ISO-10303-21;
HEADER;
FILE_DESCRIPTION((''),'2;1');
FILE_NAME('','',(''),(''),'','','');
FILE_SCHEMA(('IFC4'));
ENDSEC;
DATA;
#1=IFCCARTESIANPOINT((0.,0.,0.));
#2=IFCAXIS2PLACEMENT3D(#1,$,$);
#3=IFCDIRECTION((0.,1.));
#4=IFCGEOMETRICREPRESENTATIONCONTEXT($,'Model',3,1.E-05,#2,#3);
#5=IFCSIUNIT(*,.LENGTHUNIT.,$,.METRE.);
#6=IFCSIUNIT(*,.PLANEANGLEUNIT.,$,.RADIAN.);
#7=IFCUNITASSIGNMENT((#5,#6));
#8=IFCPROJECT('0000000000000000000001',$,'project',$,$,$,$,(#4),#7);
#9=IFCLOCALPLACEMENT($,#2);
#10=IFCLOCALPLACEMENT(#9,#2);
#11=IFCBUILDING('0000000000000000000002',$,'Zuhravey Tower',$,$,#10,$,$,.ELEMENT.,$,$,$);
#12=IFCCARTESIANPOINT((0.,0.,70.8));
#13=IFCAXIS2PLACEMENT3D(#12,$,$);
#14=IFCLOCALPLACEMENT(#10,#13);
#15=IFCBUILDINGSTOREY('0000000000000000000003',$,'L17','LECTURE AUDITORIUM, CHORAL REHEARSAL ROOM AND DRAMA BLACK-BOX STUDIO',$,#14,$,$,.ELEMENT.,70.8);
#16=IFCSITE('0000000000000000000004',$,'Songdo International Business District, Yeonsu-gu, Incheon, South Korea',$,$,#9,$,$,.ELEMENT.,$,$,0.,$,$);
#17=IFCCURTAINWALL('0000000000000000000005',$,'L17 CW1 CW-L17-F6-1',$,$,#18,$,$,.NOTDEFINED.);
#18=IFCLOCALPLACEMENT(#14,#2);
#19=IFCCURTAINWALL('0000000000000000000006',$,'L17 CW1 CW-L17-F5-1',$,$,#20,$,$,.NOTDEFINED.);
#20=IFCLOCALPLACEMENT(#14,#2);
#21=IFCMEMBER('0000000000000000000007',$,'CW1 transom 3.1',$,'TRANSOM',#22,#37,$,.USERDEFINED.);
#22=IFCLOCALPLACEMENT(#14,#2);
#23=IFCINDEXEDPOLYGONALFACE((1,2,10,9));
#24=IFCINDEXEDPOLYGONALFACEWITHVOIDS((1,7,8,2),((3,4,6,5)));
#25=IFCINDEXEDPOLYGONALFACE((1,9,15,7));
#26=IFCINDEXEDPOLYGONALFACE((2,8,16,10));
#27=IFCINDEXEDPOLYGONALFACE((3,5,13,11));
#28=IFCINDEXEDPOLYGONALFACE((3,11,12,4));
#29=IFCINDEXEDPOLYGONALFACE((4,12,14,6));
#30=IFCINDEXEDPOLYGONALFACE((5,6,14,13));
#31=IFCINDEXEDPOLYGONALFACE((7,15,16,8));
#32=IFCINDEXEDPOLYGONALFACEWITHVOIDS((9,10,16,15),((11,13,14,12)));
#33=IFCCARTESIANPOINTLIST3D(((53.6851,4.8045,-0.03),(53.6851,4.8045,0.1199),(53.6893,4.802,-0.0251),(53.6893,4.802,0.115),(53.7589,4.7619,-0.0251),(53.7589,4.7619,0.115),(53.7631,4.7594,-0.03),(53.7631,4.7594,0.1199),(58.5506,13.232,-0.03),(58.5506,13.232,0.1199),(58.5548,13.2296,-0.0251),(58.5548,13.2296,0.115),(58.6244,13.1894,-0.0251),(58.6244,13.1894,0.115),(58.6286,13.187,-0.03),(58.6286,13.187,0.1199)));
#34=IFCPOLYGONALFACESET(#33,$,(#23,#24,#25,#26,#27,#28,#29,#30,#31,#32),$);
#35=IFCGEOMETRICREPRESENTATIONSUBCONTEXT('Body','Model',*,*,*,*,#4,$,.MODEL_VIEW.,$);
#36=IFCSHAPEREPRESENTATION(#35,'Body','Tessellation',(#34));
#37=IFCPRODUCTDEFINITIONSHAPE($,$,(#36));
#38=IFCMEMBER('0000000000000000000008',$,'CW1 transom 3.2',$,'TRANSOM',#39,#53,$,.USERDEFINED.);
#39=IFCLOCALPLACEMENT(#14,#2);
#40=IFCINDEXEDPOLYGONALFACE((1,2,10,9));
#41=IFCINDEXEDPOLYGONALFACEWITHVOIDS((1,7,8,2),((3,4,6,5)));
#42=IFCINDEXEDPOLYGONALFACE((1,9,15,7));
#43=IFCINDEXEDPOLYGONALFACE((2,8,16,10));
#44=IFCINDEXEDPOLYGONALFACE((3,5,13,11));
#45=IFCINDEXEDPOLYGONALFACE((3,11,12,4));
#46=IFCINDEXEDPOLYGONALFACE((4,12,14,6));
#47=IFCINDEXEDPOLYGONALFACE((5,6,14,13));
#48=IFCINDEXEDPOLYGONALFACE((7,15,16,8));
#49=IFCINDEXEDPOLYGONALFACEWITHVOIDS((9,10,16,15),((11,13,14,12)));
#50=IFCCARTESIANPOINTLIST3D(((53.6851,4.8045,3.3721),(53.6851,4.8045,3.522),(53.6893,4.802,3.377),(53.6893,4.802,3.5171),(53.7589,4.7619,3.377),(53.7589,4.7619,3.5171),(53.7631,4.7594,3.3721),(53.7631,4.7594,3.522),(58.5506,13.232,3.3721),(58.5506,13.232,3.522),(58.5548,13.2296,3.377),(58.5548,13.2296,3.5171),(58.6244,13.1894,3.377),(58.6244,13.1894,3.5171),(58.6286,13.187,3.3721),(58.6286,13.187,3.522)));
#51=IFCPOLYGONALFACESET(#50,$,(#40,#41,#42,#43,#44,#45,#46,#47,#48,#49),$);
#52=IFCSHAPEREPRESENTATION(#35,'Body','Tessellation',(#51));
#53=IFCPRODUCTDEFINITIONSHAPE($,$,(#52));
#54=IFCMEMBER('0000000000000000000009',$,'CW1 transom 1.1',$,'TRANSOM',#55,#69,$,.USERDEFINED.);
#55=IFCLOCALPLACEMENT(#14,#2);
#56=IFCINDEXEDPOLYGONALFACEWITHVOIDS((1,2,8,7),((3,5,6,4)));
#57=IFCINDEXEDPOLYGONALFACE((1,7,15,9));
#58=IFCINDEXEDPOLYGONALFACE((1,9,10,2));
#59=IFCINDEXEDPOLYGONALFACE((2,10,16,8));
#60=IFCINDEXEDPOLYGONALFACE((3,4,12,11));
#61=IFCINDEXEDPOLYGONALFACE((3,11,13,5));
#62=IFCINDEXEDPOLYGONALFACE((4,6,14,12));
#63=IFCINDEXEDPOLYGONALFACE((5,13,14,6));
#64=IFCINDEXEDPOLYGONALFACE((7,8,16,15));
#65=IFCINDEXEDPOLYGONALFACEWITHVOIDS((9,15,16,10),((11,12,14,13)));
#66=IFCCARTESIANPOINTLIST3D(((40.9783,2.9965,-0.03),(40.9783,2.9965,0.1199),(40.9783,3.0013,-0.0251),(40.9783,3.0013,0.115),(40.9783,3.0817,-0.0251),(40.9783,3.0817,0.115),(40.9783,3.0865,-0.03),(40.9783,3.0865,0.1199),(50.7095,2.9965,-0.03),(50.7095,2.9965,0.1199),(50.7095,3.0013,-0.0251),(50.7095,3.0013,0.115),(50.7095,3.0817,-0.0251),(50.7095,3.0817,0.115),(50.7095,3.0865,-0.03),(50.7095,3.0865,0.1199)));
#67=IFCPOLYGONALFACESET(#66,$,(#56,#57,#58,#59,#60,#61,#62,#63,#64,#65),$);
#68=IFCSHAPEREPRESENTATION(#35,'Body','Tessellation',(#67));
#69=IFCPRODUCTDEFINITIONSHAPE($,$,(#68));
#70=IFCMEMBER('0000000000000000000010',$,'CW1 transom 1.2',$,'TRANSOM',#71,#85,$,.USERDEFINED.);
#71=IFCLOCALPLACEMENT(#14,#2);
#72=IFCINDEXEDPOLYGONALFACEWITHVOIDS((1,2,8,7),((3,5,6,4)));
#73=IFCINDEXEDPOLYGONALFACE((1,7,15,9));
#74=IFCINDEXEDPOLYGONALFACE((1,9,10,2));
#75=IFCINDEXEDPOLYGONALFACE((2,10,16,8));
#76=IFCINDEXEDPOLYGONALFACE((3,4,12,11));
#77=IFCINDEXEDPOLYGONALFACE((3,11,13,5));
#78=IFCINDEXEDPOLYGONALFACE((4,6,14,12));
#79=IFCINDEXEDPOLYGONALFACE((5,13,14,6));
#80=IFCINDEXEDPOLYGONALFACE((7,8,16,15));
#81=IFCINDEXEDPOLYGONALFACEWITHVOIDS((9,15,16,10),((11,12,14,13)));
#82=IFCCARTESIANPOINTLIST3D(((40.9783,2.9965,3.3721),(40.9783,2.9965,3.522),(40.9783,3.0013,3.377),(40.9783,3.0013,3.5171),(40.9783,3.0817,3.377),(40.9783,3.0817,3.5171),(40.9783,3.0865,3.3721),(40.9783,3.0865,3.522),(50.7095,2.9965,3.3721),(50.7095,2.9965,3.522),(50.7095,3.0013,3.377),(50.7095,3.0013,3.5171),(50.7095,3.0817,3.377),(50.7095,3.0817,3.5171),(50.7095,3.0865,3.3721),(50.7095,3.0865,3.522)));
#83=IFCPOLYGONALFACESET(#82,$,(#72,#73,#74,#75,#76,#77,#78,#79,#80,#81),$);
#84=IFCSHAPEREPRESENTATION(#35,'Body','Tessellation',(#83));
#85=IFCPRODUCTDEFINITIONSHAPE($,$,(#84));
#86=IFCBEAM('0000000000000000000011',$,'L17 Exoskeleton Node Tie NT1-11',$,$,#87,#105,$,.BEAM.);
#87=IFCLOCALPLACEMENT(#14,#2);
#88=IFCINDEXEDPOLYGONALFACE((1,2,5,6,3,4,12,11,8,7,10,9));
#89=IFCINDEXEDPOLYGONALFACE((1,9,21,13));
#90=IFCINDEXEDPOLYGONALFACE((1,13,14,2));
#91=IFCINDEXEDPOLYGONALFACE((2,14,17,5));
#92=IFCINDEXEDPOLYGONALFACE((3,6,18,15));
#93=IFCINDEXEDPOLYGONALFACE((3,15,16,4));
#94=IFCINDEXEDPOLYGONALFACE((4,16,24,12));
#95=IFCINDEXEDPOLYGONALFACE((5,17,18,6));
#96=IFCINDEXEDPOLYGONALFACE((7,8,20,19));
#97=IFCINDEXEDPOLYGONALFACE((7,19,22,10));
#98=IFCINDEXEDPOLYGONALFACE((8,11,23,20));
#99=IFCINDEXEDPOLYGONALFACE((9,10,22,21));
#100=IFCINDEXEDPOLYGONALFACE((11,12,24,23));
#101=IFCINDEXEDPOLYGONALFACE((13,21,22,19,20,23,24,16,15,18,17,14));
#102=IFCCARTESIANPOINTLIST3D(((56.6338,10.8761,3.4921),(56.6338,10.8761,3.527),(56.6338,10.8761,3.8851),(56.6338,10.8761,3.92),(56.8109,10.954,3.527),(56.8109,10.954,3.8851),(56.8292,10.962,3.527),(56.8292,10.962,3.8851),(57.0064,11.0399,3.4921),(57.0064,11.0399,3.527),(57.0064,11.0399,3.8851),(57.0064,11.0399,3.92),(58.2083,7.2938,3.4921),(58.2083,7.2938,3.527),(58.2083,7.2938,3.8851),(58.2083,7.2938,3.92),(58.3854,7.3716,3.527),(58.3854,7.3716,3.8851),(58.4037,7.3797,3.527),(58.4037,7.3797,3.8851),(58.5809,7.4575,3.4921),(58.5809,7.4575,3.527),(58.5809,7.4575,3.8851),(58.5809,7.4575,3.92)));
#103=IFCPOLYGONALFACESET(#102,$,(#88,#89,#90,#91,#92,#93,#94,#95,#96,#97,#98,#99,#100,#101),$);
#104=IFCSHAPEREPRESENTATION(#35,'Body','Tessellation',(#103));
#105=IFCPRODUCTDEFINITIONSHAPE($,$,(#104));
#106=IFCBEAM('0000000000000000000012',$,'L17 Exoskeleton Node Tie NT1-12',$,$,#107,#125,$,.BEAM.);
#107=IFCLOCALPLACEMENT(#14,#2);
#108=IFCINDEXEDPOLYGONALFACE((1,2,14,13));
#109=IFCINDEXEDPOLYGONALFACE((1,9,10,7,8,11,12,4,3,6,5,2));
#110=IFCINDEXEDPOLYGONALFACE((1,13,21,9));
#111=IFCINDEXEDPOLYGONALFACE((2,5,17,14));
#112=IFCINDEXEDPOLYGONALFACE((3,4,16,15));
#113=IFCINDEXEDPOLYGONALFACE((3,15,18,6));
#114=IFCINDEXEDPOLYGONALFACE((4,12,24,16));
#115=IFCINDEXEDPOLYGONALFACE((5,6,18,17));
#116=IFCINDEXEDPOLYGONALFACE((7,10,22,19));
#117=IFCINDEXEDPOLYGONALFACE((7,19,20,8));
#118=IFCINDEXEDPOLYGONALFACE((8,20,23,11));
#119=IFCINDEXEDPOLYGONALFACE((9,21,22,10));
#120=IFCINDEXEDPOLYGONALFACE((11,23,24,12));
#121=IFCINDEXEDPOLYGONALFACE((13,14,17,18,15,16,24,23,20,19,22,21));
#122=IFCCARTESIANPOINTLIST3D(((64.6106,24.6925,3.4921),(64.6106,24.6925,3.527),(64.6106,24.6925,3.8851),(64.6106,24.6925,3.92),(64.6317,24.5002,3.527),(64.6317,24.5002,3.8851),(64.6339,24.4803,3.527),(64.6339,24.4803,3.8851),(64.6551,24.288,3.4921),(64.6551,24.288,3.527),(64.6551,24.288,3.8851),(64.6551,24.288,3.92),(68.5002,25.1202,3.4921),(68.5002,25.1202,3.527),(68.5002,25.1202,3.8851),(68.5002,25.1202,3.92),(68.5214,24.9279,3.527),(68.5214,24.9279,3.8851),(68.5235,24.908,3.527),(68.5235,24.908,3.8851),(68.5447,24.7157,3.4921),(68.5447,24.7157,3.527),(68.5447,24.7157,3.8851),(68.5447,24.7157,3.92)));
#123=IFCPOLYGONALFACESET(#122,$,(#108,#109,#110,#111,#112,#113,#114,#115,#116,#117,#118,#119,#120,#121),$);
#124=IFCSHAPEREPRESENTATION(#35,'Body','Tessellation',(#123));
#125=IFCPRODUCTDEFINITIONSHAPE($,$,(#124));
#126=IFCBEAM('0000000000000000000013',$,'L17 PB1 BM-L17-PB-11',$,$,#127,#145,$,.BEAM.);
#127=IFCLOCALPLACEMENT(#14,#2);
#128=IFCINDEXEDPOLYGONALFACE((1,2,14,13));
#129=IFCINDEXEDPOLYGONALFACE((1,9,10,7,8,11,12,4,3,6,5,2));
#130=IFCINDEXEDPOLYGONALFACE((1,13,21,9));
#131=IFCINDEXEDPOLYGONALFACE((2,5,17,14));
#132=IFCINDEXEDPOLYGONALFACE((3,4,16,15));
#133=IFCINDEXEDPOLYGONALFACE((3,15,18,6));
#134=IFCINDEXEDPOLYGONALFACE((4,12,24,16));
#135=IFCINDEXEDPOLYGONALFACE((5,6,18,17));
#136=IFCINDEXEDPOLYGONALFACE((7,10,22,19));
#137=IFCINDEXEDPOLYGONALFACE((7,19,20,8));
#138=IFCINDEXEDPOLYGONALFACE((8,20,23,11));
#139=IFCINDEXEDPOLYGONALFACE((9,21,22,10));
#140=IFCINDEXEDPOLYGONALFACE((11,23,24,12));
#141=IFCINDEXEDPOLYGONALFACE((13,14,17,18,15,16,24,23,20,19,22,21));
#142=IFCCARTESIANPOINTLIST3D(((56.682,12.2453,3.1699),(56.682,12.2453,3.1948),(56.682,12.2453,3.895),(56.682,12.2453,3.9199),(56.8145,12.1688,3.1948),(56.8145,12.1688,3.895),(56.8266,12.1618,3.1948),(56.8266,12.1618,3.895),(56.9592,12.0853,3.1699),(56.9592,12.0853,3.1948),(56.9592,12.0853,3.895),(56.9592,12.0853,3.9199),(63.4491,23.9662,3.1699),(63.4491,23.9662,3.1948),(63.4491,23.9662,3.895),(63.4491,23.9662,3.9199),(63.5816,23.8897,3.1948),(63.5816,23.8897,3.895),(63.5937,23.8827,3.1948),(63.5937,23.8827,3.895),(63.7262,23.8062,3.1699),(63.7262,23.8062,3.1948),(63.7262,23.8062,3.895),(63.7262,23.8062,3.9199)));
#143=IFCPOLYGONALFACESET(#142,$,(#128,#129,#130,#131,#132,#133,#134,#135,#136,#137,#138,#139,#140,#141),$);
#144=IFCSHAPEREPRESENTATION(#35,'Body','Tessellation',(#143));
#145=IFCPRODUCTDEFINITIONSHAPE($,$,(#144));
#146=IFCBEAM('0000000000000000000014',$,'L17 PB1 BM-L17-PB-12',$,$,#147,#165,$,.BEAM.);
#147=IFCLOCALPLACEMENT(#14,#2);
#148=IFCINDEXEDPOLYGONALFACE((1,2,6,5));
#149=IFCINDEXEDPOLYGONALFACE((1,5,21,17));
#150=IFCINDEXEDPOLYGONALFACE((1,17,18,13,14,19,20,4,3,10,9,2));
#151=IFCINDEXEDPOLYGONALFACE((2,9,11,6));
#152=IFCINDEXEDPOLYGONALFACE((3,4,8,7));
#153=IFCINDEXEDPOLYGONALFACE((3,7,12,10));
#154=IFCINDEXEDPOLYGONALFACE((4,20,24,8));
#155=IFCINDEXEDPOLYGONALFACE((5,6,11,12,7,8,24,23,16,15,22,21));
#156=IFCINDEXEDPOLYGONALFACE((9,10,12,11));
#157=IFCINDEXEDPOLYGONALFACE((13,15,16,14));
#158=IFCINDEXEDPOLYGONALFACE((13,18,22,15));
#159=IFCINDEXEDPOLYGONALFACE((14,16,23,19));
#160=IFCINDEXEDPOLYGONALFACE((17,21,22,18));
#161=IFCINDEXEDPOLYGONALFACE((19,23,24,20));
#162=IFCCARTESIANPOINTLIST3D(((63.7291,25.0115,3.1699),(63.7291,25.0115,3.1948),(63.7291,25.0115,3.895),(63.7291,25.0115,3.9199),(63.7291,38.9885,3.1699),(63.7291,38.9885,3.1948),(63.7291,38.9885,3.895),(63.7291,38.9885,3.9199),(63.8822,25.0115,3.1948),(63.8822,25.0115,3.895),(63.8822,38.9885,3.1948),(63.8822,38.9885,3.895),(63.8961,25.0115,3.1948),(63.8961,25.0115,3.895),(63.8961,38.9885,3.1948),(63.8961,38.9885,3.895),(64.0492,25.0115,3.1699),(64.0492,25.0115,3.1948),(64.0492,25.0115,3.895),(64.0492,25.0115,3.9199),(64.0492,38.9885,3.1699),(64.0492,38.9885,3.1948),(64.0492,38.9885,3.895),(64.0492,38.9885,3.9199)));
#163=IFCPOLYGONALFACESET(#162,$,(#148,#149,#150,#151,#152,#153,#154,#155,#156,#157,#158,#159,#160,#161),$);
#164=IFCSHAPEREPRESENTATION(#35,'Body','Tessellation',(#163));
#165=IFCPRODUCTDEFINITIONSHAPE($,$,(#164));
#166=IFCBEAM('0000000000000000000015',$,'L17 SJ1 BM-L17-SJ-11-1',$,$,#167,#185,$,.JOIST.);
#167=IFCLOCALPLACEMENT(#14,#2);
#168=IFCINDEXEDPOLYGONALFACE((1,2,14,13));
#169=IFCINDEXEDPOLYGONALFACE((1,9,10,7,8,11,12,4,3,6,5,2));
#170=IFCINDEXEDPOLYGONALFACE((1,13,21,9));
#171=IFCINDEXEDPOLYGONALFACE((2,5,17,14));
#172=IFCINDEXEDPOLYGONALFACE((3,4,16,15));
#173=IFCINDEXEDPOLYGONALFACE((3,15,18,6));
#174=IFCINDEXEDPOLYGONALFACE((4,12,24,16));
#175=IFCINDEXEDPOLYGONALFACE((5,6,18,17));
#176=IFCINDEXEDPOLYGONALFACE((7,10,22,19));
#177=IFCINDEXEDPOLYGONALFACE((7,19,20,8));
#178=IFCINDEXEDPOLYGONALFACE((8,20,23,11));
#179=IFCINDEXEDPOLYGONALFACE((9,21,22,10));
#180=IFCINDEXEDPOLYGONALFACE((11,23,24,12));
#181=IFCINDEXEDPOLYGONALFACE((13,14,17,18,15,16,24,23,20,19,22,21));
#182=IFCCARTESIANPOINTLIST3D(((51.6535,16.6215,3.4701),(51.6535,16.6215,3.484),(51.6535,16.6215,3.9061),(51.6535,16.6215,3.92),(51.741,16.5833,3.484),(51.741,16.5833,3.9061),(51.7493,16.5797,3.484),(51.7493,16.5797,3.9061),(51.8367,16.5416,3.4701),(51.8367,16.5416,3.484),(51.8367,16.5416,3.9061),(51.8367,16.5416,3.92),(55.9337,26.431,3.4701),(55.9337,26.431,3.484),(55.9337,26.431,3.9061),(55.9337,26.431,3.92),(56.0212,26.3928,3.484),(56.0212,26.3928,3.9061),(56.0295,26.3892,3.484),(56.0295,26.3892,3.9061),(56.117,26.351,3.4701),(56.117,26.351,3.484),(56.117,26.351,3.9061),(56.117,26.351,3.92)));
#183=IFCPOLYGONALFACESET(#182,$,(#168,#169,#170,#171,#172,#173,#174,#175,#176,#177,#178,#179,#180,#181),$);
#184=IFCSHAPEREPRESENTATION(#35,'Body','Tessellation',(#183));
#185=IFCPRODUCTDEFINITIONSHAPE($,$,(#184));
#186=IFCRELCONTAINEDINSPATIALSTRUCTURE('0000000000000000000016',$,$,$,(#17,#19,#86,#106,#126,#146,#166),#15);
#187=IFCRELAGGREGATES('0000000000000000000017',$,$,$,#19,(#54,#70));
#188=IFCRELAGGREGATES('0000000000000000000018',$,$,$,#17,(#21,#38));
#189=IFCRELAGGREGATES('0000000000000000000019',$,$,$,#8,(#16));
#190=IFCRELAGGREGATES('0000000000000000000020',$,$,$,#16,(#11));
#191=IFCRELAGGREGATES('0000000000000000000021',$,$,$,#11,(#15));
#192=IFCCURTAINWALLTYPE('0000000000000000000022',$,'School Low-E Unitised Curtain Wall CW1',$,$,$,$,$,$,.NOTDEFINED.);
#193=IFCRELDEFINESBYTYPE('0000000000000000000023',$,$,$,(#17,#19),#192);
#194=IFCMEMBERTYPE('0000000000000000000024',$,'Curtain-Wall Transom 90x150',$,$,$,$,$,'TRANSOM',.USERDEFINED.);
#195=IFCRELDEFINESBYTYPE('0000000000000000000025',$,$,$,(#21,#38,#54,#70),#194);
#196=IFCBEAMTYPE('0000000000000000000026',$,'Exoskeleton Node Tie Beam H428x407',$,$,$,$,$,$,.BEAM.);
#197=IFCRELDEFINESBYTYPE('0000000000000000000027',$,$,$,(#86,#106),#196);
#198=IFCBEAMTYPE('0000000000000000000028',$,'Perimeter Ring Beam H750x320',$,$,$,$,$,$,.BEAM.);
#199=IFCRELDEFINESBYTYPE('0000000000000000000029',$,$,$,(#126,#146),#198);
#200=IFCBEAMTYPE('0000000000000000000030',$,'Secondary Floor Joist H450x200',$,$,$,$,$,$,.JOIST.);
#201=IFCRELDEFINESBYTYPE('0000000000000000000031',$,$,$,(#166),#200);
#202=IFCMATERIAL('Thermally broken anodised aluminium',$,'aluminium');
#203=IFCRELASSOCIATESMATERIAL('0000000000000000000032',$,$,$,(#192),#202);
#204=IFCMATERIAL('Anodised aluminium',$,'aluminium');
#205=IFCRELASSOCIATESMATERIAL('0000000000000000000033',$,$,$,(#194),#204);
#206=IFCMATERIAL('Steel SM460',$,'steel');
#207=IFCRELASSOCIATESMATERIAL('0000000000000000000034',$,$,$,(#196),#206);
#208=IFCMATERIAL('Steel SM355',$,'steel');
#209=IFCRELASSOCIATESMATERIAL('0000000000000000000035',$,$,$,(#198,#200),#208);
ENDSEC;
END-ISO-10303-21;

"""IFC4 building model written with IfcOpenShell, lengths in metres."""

from ifc_helpers import new_model, si_unit, direction, frame, origin, origin_2d, place, context, subcontext, project, spatial, hollow_rectangle, i_section, extrude, material, material_profile, profile_set, type_object, element, aggregate, save


model = new_model("IFC4")

# Units and contexts
model_context = context("Model", 3, precision=1e-05, world=origin(), true_north=direction((0.0, 1.0)))
body_context = subcontext(model_context, "Body", "Model", "MODEL_VIEW")
ifc_project = project(units=[si_unit("LENGTHUNIT", "METRE"), si_unit("PLANEANGLEUNIT", "RADIAN")], contexts=[model_context])

# Site, building, storey
site_placement = place(None, origin())
site = spatial("IfcSite", under=ifc_project, at=site_placement, Name="Songdo International Business District, Yeonsu-gu, Incheon, South Korea", CompositionType="ELEMENT", RefElevation=0.0)
building_placement = place(site_placement, origin())
building = spatial("IfcBuilding", under=site, at=building_placement, Name="Zuhravey Tower", CompositionType="ELEMENT")
storey_placement = place(building_placement, frame((0.0, 0.0, 70.8)))
storey = spatial("IfcBuildingStorey", under=building, at=storey_placement, Name="L17", Description="LECTURE AUDITORIUM, CHORAL REHEARSAL ROOM AND DRAMA BLACK-BOX STUDIO", CompositionType="ELEMENT", Elevation=70.8)

# Curtain wall
ifc_material_1 = material(Name="Thermally broken anodised aluminium", Category="aluminium")
curtain_wall_type = type_object("IfcCurtainWallType", Name="School Low-E Unitised Curtain Wall CW1", PredefinedType="NOTDEFINED", material=ifc_material_1)
curtain_wall_1_placement = place(storey_placement, origin())
curtain_wall_1 = element("IfcCurtainWall", 1, at=curtain_wall_1_placement, inside=storey, type_object=curtain_wall_type, Name="L17 CW1 CW-L17-F6-1", PredefinedType="NOTDEFINED")
ifc_material_2 = material(Name="Anodised aluminium", Category="aluminium")

# Curtain wall
curtain_wall_2_placement = place(storey_placement, origin())
curtain_wall_2 = element("IfcCurtainWall", 2, at=curtain_wall_2_placement, inside=storey, type_object=curtain_wall_type, Name="L17 CW1 CW-L17-F5-1", PredefinedType="NOTDEFINED")

# Members
ifc_material_profile_1 = material_profile(ifc_material_2, hollow_rectangle(XDim=0.0901, YDim=0.1499, WallThickness=0.0049, at=origin_2d()), Name="ALU-RHS-90x150x5")
ifc_profile_set_1 = profile_set([ifc_material_profile_1], Name="Anodised aluminium")
member_type_1 = type_object("IfcMemberType", Name="Curtain-Wall Transom 90x150", ElementType="TRANSOM", PredefinedType="USERDEFINED", material=ifc_profile_set_1)
member_1_placement = place(storey_placement, frame((58.5896, 13.2095, 0.0449), z_axis=(-0.49999, -0.866031, 0.0), x_axis=(0.866031, -0.49999, 0.0)))
member_1 = element("IfcMember", 3, at=member_1_placement, type_object=member_type_1, Name="CW1 transom 3.1", ObjectType="TRANSOM", PredefinedType="USERDEFINED", context=body_context, shape_type="SweptSolid", body=[
    extrude(hollow_rectangle(XDim=0.0901, YDim=0.1499, WallThickness=0.0049, at=origin_2d()), origin(), (0.0, 0.0, 1.0), 9.7312),
])
member_2_placement = place(storey_placement, frame((58.5896, 13.2095, 3.447), z_axis=(-0.49999, -0.866031, 0.0), x_axis=(0.866031, -0.49999, 0.0)))
member_2 = element("IfcMember", 4, at=member_2_placement, type_object=member_type_1, Name="CW1 transom 3.2", ObjectType="TRANSOM", PredefinedType="USERDEFINED", context=body_context, shape_type="SweptSolid", body=[
    extrude(hollow_rectangle(XDim=0.0901, YDim=0.1499, WallThickness=0.0049, at=origin_2d()), origin(), (0.0, 0.0, 1.0), 9.7312),
])
member_3_placement = place(storey_placement, frame((50.7095, 3.0415, 0.0449), z_axis=(-1.0, 0.0, 0.0), x_axis=(0.0, -1.0, 0.0)))
member_3 = element("IfcMember", 5, at=member_3_placement, type_object=member_type_1, Name="CW1 transom 1.1", ObjectType="TRANSOM", PredefinedType="USERDEFINED", context=body_context, shape_type="SweptSolid", body=[
    extrude(hollow_rectangle(XDim=0.0901, YDim=0.1499, WallThickness=0.0049, at=origin_2d()), origin(), (0.0, 0.0, 1.0), 9.7312),
])
member_4_placement = place(storey_placement, frame((50.7095, 3.0415, 3.447), z_axis=(-1.0, 0.0, 0.0), x_axis=(0.0, -1.0, 0.0)))
member_4 = element("IfcMember", 6, at=member_4_placement, type_object=member_type_1, Name="CW1 transom 1.2", ObjectType="TRANSOM", PredefinedType="USERDEFINED", context=body_context, shape_type="SweptSolid", body=[
    extrude(hollow_rectangle(XDim=0.0901, YDim=0.1499, WallThickness=0.0049, at=origin_2d()), origin(), (0.0, 0.0, 1.0), 9.7312),
])
aggregate(curtain_wall_2, [member_3, member_4])

# Beams
ifc_material_3 = material(Name="Steel SM460", Category="steel")
ifc_material_profile_2 = material_profile(ifc_material_3, i_section(OverallWidth=0.407, OverallDepth=0.428, WebThickness=0.02, FlangeThickness=0.0349, at=origin_2d()), Name="H-428x407x20x35")
ifc_profile_set_2 = profile_set([ifc_material_profile_2], Name="Steel SM460")
beam_type_1 = type_object("IfcBeamType", Name="Exoskeleton Node Tie Beam H428x407", PredefinedType="BEAM", material=ifc_profile_set_2)
for number, where, z_axis, x_axis, name in (
    (7, (56.8201, 10.958, 3.7061), (0.402366, -0.915479, 0.0), (0.915479, 0.402366, 0.0), "L17 Exoskeleton Node Tie NT1-11"),
    (8, (64.6328, 24.4902, 3.7061), (0.994008, 0.109308, 0.0), (-0.109308, 0.994008, 0.0), "L17 Exoskeleton Node Tie NT1-12"),
):
    element("IfcBeam", number, at=place(storey_placement, frame(where, z_axis=z_axis, x_axis=x_axis)), inside=storey, type_object=beam_type_1, Name=name, PredefinedType="BEAM", context=body_context, shape_type="SweptSolid", body=[
        extrude(i_section(OverallWidth=0.407, OverallDepth=0.428, WebThickness=0.02, FlangeThickness=0.0349, at=origin_2d()), origin(), (0.0, 0.0, 1.0), 3.9131),
    ])
ifc_material_4 = material(Name="Steel SM355", Category="steel")
ifc_material_profile_3 = material_profile(ifc_material_4, i_section(OverallWidth=0.3201, OverallDepth=0.75, WebThickness=0.0139, FlangeThickness=0.0249, at=origin_2d()), Name="H-750x320x14x25")
ifc_profile_set_3 = profile_set([ifc_material_profile_3], Name="Steel SM355")
beam_type_2 = type_object("IfcBeamType", Name="Perimeter Ring Beam H750x320", PredefinedType="BEAM", material=ifc_profile_set_3)
beam_1_placement = place(storey_placement, frame((56.8206, 12.1653, 3.5449), z_axis=(0.5, 0.866025, 0.0), x_axis=(-0.866025, 0.5, 0.0)))
element("IfcBeam", 9, at=beam_1_placement, inside=storey, type_object=beam_type_2, Name="L17 PB1 BM-L17-PB-11", PredefinedType="BEAM", context=body_context, shape_type="SweptSolid", body=[
    extrude(i_section(OverallWidth=0.3201, OverallDepth=0.75, WebThickness=0.0139, FlangeThickness=0.0249, at=origin_2d()), origin(), (0.0, 0.0, 1.0), 13.5342),
])
beam_2_placement = place(storey_placement, frame((63.8892, 25.0115, 3.5449), z_axis=(0.0, 1.0, 0.0), x_axis=(-1.0, 0.0, 0.0)))
element("IfcBeam", 10, at=beam_2_placement, inside=storey, type_object=beam_type_2, Name="L17 PB1 BM-L17-PB-12", PredefinedType="BEAM", context=body_context, shape_type="SweptSolid", body=[
    extrude(i_section(OverallWidth=0.3201, OverallDepth=0.75, WebThickness=0.0139, FlangeThickness=0.0249, at=origin_2d()), origin(), (0.0, 0.0, 1.0), 13.9771),
])
ifc_material_profile_4 = material_profile(ifc_material_4, i_section(OverallWidth=0.2, OverallDepth=0.45, WebThickness=0.009, FlangeThickness=0.0139, at=origin_2d()), Name="H-450x200x9x14")
ifc_profile_set_4 = profile_set([ifc_material_profile_4], Name="Steel SM355")
beam_type_3 = type_object("IfcBeamType", Name="Secondary Floor Joist H450x200", PredefinedType="JOIST", material=ifc_profile_set_4)
beam_3_placement = place(storey_placement, frame((51.7451, 16.5815, 3.6951), z_axis=(0.399924, 0.916549, 0.0), x_axis=(-0.916549, 0.399924, 0.0)))
element("IfcBeam", 11, at=beam_3_placement, inside=storey, type_object=beam_type_3, Name="L17 SJ1 BM-L17-SJ-11-1", PredefinedType="JOIST", context=body_context, shape_type="SweptSolid", body=[
    extrude(i_section(OverallWidth=0.2, OverallDepth=0.45, WebThickness=0.009, FlangeThickness=0.0139, at=origin_2d()), origin(), (0.0, 0.0, 1.0), 10.7026),
])

aggregate(curtain_wall_1, [member_1, member_2])

save(model, "model.ifc")
